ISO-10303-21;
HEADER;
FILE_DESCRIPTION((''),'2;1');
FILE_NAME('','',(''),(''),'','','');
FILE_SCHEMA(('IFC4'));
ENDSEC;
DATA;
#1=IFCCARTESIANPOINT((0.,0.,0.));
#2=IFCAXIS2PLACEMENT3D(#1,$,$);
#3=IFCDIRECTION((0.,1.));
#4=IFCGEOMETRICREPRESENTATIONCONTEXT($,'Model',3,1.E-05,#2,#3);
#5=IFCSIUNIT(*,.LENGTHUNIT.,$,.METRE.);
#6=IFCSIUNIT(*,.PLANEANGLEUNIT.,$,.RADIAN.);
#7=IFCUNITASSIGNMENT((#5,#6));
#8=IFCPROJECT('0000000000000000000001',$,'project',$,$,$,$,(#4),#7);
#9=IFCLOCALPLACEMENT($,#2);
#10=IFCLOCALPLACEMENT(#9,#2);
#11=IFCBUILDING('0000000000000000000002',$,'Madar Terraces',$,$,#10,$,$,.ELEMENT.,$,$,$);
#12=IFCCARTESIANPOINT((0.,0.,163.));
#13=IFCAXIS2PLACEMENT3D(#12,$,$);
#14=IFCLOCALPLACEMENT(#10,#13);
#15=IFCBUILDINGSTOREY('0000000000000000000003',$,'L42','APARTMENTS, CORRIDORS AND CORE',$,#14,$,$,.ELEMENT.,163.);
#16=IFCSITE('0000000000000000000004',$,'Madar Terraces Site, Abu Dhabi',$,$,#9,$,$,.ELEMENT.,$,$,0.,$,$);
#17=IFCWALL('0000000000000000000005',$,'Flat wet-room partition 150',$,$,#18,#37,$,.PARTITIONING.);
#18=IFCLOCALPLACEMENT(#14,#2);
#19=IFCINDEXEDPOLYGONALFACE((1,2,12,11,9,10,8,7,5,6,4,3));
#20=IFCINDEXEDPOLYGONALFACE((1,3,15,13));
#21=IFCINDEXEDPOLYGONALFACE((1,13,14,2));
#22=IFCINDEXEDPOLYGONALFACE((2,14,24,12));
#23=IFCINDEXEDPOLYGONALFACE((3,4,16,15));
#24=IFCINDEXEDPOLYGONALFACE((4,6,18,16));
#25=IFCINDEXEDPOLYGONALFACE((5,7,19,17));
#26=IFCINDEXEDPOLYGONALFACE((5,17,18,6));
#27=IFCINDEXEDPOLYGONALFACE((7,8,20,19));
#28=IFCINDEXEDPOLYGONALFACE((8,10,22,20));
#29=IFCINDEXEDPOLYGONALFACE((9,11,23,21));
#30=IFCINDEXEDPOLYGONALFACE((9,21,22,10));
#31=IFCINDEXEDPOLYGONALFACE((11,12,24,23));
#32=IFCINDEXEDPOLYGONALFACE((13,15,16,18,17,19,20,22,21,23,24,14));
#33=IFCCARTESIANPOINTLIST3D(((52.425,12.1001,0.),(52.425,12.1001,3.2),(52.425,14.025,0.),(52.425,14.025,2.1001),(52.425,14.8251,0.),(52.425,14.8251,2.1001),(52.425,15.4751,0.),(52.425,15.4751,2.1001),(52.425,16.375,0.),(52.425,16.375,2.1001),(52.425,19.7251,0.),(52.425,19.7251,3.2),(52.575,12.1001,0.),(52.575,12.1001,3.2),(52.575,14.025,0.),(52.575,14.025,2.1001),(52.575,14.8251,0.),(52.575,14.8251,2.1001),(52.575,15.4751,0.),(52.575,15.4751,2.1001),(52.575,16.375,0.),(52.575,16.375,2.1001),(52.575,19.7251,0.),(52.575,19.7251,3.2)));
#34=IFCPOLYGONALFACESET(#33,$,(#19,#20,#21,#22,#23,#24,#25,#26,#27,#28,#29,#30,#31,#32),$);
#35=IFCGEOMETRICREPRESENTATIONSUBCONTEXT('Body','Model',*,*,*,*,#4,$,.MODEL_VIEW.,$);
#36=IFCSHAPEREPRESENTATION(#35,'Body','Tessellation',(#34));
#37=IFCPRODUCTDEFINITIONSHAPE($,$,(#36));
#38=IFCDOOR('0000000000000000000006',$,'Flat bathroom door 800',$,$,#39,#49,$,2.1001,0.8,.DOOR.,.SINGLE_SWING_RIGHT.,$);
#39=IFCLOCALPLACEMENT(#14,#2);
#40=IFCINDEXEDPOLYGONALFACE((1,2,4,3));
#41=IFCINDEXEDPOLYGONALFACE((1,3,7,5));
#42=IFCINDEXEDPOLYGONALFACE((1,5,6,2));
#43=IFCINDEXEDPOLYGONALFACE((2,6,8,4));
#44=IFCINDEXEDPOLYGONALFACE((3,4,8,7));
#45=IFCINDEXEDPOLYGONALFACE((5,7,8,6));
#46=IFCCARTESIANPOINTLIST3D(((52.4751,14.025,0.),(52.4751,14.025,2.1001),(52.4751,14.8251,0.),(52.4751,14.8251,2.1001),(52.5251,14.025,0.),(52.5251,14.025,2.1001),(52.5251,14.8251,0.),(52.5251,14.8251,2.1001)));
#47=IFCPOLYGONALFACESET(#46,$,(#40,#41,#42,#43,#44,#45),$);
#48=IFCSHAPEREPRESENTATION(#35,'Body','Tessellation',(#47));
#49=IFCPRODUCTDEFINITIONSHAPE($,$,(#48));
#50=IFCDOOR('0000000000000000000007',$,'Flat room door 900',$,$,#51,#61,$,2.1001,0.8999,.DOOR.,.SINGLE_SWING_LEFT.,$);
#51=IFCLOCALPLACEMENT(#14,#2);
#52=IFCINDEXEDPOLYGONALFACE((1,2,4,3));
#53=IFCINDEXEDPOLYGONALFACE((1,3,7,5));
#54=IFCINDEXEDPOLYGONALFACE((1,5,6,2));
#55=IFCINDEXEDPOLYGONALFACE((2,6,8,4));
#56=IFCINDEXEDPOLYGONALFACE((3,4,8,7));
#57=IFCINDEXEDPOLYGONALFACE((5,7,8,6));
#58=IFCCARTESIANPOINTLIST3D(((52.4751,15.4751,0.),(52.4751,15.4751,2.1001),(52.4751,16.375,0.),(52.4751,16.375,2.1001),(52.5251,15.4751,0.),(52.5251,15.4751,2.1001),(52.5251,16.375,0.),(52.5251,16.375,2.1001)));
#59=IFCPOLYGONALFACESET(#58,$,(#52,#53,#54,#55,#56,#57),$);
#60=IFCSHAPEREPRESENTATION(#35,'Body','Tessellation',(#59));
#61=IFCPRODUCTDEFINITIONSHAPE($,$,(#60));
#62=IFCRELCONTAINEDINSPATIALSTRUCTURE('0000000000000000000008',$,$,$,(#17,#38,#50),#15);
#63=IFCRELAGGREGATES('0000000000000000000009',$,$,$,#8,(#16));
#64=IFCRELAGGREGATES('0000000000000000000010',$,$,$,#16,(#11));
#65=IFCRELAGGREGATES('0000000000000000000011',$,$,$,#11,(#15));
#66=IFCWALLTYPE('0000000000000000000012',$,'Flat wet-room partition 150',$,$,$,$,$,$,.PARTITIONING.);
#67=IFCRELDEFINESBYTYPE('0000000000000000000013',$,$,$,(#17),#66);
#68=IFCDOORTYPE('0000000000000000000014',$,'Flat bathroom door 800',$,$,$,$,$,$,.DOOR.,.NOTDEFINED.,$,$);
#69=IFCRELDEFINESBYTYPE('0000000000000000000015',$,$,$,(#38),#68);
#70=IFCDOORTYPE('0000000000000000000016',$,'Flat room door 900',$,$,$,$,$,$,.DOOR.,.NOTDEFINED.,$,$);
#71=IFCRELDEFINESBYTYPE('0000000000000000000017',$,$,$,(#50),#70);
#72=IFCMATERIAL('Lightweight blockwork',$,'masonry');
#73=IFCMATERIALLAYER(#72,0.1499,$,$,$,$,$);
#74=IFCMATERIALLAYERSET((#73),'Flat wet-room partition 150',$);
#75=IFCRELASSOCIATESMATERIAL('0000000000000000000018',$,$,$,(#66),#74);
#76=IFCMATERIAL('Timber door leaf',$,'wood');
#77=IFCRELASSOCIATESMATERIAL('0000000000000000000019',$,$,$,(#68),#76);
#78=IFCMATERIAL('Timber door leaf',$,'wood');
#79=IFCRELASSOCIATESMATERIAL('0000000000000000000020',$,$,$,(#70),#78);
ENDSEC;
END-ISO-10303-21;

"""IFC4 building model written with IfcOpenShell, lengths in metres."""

from ifc_helpers import new_model, si_unit, direction, frame, frame_2d, origin, place, context, subcontext, project, spatial, rectangle, extrude, material, layer, layer_set, type_object, element, fill, save


model = new_model("IFC4")

# Units and contexts
model_context = context("Model", 3, precision=1e-05, world=origin(), true_north=direction((0.0, 1.0)))
body_context = subcontext(model_context, "Body", "Model", "MODEL_VIEW")
ifc_project = project(units=[si_unit("LENGTHUNIT", "METRE"), si_unit("PLANEANGLEUNIT", "RADIAN")], contexts=[model_context])

# Site, building, storey
site_placement = place(None, origin())
site = spatial("IfcSite", under=ifc_project, at=site_placement, Name="Madar Terraces Site, Abu Dhabi", CompositionType="ELEMENT", RefElevation=0.0)
building_placement = place(site_placement, origin())
building = spatial("IfcBuilding", under=site, at=building_placement, Name="Madar Terraces", CompositionType="ELEMENT")
storey_placement = place(building_placement, frame((0.0, 0.0, 163.0)))
storey = spatial("IfcBuildingStorey", under=building, at=storey_placement, Name="L42", Description="APARTMENTS, CORRIDORS AND CORE", CompositionType="ELEMENT", Elevation=163.0)

# Shared definitions
ifc_material_1 = material(Name="Lightweight blockwork", Category="masonry")
ifc_layer_1 = layer(ifc_material_1, 0.1499)
ifc_layer_set_1 = layer_set([ifc_layer_1], Name="Flat wet-room partition 150")
wall_type_1 = type_object("IfcWallType", Name="Flat wet-room partition 150", PredefinedType="PARTITIONING", material=ifc_layer_set_1)

# Wall, openings, doors
wall_1_placement = place(storey_placement, frame((52.5, 12.1001, 0.0), z_axis=(0.0, 0.0, 1.0), x_axis=(0.0, 1.0, 0.0)))
wall_1 = element("IfcWall", 1, at=wall_1_placement, inside=storey, type_object=wall_type_1, Name="Flat wet-room partition 150", PredefinedType="PARTITIONING", context=body_context, shape_type="SweptSolid", body=[
    extrude(rectangle(XDim=7.625, YDim=0.1499, at=frame_2d((3.8125, 0.0))), origin(), (0.0, 0.0, 1.0), 3.2),
])
opening_1_placement = place(wall_1_placement, frame((3.375, 0.0, 0.0)))
opening_1 = element("IfcOpeningElement", 2, at=opening_1_placement, cuts=wall_1, PredefinedType="OPENING", context=body_context, shape_type="SweptSolid", body=[
    extrude(rectangle(XDim=0.8999, YDim=2.1001, at=frame_2d((0.45, 1.05))), frame((0.0, 0.085, 0.0), z_axis=(0.0, -1.0, 0.0), x_axis=(1.0, 0.0, 0.0)), (0.0, 0.0, 1.0), 0.1699),
])
opening_2_placement = place(wall_1_placement, frame((1.925, 0.0, 0.0)))
opening_2 = element("IfcOpeningElement", 3, at=opening_2_placement, cuts=wall_1, PredefinedType="OPENING", context=body_context, shape_type="SweptSolid", body=[
    extrude(rectangle(XDim=0.8, YDim=2.1001, at=frame_2d((0.3999, 1.05))), frame((0.0, 0.085, 0.0), z_axis=(0.0, -1.0, 0.0), x_axis=(1.0, 0.0, 0.0)), (0.0, 0.0, 1.0), 0.1699),
])
ifc_material_2 = material(Name="Timber door leaf", Category="wood")
door_type_1 = type_object("IfcDoorType", Name="Flat bathroom door 800", OperationType="NOTDEFINED", PredefinedType="DOOR", material=ifc_material_2)
door_1_placement = place(opening_2_placement, origin())
door_1 = element("IfcDoor", 4, at=door_1_placement, inside=storey, type_object=door_type_1, Name="Flat bathroom door 800", OperationType="SINGLE_SWING_RIGHT", OverallHeight=2.1001, OverallWidth=0.8, PredefinedType="DOOR", context=body_context, shape_type="SweptSolid", body=[
    extrude(rectangle(XDim=0.8, YDim=2.1001, at=frame_2d((0.3999, 1.05))), frame((0.0, 0.0249, 0.0), z_axis=(0.0, -1.0, 0.0), x_axis=(1.0, 0.0, 0.0)), (0.0, 0.0, 1.0), 0.05),
])
fill(opening_2, door_1)
ifc_material_3 = material(Name="Timber door leaf", Category="wood")
door_type_2 = type_object("IfcDoorType", Name="Flat room door 900", OperationType="NOTDEFINED", PredefinedType="DOOR", material=ifc_material_3)
door_2_placement = place(opening_1_placement, origin())
door_2 = element("IfcDoor", 5, at=door_2_placement, inside=storey, type_object=door_type_2, Name="Flat room door 900", OperationType="SINGLE_SWING_LEFT", OverallHeight=2.1001, OverallWidth=0.8999, PredefinedType="DOOR", context=body_context, shape_type="SweptSolid", body=[
    extrude(rectangle(XDim=0.8999, YDim=2.1001, at=frame_2d((0.45, 1.05))), frame((0.0, 0.0249, 0.0), z_axis=(0.0, -1.0, 0.0), x_axis=(1.0, 0.0, 0.0)), (0.0, 0.0, 1.0), 0.05),
])
fill(opening_1, door_2)

save(model, "model.ifc")
